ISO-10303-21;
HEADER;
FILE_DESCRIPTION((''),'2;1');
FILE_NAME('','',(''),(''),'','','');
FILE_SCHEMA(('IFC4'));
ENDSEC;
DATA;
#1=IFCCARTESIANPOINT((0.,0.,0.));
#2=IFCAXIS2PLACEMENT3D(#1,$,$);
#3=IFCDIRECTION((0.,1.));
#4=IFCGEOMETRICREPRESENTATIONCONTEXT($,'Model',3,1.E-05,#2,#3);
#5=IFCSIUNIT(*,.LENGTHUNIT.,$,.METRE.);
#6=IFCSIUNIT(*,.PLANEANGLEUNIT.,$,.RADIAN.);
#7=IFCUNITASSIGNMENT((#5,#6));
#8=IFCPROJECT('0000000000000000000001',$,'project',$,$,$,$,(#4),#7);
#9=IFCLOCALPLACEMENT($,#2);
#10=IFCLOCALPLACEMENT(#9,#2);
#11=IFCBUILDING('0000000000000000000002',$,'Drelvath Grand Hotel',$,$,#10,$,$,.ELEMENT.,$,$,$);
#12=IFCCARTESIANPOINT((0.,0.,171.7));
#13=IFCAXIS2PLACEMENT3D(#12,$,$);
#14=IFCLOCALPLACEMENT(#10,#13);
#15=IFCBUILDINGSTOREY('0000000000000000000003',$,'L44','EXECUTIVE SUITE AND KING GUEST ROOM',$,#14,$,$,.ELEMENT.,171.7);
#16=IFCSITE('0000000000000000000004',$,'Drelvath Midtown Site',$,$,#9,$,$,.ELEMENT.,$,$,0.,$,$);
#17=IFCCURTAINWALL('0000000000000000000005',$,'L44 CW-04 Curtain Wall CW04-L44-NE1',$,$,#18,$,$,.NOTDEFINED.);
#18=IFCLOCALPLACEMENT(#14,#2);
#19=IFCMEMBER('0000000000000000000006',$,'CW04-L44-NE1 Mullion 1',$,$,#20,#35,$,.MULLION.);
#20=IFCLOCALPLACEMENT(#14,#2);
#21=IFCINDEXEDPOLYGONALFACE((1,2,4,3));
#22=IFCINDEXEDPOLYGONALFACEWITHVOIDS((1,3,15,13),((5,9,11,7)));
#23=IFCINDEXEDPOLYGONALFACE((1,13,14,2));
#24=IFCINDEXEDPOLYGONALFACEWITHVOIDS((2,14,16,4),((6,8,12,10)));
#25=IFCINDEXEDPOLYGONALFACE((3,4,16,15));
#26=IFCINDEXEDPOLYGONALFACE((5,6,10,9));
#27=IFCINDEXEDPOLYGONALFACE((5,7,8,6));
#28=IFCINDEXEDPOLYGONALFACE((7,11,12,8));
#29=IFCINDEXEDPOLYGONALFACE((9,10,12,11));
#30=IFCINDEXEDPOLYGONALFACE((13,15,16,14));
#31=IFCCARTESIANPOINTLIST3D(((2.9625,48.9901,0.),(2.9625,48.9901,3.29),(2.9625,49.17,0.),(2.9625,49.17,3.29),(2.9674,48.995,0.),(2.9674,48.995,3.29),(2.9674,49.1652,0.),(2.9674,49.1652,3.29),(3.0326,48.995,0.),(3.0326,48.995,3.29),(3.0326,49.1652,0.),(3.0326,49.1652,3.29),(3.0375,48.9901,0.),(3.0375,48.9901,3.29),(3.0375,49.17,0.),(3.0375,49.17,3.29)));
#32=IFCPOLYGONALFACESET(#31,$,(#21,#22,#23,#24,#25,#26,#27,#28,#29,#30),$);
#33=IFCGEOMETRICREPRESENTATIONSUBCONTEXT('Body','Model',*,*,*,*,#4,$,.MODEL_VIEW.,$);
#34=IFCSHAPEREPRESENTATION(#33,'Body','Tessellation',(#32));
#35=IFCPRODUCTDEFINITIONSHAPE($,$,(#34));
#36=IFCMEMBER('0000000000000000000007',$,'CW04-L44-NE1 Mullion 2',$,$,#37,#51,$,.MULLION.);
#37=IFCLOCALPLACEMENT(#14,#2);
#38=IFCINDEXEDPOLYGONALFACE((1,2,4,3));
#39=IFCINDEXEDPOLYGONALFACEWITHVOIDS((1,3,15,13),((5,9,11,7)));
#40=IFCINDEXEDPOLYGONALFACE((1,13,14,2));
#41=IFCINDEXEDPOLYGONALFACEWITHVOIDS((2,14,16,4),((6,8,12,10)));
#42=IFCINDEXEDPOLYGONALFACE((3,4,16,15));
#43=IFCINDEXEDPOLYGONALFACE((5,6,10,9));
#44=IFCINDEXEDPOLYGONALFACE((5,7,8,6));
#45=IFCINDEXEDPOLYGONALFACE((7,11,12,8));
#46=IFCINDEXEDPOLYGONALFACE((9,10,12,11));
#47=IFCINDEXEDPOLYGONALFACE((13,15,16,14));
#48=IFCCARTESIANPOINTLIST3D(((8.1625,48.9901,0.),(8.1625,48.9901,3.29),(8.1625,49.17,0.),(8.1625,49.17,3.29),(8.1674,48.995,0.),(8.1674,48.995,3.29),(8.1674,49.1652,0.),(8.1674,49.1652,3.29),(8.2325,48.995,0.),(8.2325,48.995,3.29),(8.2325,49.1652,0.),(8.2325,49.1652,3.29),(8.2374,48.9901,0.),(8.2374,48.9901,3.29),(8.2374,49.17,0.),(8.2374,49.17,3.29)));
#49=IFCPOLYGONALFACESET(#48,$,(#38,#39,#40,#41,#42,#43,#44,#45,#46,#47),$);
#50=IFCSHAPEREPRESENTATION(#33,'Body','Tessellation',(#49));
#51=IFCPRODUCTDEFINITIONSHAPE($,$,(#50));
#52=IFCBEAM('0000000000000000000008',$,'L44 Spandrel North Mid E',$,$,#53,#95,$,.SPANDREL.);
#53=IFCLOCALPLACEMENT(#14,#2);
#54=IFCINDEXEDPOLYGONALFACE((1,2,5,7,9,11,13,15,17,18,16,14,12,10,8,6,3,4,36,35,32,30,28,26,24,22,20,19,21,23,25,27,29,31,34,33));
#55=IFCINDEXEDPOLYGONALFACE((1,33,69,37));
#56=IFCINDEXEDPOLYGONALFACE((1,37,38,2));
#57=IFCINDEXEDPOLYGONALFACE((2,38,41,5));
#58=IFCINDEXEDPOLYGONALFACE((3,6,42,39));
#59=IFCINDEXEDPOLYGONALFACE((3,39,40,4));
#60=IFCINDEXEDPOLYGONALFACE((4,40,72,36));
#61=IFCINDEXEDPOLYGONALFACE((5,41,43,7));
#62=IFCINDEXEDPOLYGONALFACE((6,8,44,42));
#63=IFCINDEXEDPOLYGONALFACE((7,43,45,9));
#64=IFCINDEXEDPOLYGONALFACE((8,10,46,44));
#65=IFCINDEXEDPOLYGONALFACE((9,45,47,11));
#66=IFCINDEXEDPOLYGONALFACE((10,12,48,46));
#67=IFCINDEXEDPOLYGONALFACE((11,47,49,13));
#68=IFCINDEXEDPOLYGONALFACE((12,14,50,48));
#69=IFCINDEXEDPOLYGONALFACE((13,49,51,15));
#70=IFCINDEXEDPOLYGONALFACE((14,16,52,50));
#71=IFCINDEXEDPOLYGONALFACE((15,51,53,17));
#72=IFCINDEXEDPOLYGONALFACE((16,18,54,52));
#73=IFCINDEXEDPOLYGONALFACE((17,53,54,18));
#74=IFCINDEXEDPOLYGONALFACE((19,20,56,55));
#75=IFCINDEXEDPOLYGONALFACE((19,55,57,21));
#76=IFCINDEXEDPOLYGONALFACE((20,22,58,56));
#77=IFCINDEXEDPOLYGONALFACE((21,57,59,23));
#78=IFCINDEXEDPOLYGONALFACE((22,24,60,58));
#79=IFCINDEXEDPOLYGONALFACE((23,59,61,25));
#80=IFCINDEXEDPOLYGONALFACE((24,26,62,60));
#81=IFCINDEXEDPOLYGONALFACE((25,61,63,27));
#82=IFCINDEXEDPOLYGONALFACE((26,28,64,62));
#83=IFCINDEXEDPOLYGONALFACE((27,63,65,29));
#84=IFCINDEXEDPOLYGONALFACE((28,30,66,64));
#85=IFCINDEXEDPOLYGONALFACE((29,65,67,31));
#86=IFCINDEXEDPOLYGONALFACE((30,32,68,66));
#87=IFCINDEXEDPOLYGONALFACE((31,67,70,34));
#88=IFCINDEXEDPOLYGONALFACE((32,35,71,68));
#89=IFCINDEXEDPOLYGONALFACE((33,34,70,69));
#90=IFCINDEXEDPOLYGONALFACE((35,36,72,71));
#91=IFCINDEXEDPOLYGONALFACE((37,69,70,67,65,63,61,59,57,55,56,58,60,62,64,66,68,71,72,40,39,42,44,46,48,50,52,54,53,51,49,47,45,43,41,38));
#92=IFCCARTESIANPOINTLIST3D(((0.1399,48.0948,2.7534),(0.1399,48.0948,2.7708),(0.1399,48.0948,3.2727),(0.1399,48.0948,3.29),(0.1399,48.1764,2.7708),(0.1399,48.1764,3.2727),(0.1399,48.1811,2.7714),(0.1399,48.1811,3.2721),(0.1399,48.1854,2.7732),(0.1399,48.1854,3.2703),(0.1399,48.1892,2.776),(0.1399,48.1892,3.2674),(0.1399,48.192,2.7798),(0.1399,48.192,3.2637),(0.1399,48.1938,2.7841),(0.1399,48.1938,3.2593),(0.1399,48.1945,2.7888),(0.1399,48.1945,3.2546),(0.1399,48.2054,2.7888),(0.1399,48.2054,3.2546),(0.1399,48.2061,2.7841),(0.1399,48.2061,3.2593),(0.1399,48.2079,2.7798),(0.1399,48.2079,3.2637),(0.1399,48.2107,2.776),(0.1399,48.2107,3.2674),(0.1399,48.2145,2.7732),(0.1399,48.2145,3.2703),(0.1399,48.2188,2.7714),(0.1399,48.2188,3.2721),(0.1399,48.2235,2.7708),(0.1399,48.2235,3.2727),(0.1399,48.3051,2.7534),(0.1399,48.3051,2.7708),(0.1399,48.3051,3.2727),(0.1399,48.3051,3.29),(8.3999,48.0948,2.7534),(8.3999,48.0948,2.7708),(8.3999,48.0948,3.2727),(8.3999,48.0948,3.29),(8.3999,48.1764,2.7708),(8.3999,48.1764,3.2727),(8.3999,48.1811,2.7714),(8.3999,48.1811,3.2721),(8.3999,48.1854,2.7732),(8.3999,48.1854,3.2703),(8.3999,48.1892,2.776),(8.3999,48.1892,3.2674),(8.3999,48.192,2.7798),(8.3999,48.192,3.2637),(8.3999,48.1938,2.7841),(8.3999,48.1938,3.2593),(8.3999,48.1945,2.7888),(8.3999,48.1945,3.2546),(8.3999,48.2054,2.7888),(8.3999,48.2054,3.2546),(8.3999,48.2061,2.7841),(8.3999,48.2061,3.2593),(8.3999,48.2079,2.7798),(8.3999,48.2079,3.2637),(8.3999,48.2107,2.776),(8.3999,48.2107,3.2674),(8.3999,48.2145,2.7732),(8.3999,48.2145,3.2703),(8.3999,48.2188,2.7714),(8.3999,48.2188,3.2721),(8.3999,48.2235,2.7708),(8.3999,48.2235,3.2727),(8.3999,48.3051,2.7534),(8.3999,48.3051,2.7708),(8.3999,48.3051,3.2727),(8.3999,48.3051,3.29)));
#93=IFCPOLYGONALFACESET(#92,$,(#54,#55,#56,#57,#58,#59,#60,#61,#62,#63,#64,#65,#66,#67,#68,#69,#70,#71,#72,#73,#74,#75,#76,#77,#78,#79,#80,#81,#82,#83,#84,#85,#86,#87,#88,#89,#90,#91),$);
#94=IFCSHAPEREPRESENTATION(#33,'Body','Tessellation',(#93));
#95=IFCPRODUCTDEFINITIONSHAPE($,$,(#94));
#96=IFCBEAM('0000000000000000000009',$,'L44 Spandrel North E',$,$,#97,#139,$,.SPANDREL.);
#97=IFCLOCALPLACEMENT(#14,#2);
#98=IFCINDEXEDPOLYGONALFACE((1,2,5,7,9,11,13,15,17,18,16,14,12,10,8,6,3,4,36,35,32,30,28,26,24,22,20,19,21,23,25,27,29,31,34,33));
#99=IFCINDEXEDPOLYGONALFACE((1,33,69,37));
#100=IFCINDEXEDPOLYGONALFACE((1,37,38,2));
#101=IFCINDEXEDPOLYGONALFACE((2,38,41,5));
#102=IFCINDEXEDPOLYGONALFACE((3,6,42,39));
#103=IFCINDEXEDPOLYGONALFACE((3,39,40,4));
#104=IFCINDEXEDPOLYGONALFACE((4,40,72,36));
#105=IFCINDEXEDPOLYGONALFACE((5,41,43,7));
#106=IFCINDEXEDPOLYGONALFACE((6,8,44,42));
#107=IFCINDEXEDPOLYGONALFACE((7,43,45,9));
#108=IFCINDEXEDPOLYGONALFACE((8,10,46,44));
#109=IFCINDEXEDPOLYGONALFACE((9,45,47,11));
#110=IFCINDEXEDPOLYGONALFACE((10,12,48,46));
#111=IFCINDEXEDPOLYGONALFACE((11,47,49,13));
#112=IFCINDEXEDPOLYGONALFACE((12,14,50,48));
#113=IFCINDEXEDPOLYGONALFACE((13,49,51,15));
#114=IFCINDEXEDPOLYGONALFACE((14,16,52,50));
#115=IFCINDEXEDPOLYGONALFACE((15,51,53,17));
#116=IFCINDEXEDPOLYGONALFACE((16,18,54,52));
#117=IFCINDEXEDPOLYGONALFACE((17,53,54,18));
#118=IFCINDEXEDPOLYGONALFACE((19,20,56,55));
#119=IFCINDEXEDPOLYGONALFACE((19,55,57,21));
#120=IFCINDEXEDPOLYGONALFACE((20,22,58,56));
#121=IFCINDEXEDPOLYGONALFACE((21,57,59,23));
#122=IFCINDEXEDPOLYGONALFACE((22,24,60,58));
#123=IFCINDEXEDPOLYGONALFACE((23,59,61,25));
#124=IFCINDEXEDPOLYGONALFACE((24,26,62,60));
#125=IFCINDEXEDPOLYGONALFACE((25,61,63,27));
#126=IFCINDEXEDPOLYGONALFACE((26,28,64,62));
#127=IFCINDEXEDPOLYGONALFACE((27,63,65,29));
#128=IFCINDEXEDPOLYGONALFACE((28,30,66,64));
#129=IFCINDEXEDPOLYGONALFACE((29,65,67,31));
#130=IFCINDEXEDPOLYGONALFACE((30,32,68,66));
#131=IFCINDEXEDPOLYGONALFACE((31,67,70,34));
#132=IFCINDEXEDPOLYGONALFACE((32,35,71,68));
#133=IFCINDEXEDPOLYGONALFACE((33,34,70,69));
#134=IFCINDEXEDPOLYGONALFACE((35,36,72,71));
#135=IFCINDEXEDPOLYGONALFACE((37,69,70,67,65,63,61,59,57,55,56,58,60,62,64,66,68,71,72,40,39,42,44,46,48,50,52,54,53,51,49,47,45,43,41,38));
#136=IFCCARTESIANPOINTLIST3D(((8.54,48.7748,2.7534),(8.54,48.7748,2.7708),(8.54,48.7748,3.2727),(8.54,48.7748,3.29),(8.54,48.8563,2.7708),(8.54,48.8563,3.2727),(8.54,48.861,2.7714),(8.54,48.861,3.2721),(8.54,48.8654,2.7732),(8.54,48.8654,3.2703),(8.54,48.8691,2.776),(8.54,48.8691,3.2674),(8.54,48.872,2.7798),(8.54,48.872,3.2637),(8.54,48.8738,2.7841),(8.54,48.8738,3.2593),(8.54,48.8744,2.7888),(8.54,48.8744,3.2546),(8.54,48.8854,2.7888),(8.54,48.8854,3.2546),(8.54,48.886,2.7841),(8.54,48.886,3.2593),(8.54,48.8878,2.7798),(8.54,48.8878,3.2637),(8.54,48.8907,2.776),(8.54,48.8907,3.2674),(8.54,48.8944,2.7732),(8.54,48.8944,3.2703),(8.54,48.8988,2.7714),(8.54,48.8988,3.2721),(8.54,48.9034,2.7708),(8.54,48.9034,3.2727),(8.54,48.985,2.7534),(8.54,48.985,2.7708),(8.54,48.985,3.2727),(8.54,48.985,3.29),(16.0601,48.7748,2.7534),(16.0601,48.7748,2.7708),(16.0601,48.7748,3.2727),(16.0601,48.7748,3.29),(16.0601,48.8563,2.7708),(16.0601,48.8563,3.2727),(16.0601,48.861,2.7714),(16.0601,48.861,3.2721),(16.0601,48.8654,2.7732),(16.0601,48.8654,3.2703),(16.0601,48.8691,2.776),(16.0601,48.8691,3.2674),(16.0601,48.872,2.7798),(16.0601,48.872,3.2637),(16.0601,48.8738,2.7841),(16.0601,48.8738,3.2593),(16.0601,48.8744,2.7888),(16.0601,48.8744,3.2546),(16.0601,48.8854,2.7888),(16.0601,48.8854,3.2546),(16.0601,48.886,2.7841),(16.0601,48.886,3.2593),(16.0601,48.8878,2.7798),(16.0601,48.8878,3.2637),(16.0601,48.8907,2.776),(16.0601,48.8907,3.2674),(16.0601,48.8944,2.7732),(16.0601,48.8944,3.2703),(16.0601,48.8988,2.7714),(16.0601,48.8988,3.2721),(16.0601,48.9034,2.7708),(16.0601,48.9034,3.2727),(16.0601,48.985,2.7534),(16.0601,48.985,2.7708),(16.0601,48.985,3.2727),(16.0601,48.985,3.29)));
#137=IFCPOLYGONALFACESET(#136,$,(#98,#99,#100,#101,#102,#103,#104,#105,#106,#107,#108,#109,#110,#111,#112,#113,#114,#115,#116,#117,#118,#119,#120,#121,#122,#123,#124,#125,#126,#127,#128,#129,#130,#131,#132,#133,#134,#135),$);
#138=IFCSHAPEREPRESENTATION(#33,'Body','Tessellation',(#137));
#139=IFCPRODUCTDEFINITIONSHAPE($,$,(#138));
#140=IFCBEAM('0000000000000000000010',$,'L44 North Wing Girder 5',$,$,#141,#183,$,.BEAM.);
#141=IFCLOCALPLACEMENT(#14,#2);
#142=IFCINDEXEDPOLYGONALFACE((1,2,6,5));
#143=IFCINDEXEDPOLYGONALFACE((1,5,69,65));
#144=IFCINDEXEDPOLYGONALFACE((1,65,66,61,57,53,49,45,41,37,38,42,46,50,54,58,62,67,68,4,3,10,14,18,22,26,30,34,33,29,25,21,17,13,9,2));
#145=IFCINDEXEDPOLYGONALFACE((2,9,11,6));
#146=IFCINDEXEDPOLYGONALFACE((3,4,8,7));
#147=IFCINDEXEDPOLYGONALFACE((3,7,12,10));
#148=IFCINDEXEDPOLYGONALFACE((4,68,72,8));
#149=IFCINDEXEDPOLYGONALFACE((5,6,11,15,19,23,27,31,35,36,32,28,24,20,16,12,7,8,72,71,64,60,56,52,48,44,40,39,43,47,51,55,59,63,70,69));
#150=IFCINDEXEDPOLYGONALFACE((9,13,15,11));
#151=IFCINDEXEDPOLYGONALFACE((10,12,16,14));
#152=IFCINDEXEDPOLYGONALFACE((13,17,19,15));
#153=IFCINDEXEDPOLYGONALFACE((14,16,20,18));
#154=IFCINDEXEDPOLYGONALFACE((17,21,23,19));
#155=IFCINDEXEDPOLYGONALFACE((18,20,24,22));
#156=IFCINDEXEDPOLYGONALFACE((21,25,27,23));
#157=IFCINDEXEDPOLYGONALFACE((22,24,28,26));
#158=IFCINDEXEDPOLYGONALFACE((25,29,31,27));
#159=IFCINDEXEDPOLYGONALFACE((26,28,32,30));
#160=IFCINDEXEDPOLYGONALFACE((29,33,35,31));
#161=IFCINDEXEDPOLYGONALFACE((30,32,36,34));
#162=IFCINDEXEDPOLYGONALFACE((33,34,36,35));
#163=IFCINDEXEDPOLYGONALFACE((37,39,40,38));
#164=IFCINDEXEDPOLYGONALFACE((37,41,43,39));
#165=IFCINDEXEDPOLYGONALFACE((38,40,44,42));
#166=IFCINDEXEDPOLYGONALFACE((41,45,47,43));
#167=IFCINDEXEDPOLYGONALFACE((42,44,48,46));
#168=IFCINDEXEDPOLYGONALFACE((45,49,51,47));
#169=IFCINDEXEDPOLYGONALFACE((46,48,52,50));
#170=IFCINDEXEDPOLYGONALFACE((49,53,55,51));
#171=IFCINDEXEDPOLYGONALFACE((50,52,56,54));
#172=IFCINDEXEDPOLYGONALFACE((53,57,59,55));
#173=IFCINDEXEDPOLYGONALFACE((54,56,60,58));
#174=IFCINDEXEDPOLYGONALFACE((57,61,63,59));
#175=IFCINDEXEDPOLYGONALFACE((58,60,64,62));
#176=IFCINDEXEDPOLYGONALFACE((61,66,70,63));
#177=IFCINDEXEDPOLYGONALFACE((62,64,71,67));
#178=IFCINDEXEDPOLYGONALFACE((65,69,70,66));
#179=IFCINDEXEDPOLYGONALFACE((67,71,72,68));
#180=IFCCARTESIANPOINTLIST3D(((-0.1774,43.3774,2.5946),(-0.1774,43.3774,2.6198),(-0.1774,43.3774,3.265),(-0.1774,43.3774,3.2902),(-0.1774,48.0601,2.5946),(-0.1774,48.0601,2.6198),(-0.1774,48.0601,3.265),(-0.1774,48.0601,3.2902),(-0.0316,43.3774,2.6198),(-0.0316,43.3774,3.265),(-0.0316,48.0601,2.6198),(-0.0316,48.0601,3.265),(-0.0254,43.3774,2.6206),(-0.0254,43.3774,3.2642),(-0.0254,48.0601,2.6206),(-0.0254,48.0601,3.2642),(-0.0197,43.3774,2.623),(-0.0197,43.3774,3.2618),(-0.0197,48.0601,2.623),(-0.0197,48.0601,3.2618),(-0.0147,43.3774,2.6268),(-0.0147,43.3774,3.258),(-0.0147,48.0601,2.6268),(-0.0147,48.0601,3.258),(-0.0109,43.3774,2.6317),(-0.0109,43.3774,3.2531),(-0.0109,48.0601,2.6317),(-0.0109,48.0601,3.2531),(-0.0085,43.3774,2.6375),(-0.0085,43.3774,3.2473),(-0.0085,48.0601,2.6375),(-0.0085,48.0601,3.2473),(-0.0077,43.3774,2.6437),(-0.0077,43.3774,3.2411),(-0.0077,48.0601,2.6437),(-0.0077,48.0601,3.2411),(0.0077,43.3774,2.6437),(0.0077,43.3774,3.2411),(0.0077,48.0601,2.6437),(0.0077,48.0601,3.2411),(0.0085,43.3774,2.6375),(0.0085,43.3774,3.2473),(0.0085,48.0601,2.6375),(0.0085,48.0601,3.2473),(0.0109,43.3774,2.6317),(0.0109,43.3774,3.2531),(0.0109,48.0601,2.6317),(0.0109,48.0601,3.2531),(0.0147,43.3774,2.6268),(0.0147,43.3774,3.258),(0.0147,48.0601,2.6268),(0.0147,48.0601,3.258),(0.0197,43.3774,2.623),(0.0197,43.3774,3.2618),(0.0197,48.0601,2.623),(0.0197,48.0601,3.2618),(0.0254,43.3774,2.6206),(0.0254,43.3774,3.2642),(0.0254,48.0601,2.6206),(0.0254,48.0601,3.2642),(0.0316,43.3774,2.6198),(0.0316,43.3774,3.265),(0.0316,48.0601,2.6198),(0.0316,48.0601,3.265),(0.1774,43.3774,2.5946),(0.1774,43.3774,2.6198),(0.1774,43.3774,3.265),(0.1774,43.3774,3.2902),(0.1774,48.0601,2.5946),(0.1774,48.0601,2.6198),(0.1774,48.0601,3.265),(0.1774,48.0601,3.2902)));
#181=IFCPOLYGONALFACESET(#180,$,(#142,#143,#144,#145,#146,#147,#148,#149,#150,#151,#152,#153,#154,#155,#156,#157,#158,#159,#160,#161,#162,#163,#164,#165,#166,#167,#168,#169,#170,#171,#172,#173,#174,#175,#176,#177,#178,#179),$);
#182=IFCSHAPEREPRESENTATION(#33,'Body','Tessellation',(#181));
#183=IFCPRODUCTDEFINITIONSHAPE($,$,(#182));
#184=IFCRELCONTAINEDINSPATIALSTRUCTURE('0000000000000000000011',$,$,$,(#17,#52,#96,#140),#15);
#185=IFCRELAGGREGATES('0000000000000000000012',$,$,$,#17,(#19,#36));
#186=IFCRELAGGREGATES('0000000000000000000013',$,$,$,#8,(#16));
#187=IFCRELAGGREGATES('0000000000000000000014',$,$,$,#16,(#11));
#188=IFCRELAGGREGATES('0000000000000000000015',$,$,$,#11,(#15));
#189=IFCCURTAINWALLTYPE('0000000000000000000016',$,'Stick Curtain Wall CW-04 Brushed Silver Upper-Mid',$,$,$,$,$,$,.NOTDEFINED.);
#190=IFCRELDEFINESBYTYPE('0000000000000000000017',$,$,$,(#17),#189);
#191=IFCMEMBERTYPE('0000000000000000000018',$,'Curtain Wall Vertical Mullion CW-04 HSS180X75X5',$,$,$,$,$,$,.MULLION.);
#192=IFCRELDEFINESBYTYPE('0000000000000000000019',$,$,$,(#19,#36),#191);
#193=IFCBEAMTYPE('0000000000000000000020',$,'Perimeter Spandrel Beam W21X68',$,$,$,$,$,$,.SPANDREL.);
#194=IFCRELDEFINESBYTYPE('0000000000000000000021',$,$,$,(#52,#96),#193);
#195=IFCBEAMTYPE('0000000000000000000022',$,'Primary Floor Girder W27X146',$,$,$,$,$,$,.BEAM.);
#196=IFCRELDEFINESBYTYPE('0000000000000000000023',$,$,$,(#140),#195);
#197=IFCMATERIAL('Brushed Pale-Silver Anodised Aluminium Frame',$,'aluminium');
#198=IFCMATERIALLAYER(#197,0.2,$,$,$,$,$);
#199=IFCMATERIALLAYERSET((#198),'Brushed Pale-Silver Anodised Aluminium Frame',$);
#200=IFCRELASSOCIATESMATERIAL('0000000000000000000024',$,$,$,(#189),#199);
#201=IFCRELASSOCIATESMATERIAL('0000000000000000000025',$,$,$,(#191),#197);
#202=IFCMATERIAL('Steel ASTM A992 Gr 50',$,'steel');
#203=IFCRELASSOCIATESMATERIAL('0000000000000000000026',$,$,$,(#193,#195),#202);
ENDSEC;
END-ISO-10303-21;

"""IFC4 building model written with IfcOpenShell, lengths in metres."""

from ifc_helpers import new_model, si_unit, direction, frame, origin, origin_2d, place, context, subcontext, project, spatial, hollow_rectangle, i_section, extrude, material, layer, layer_set, material_profile, profile_set, type_object, element, aggregate, save


model = new_model("IFC4")

# Units and contexts
model_context = context("Model", 3, precision=1e-05, world=origin(), true_north=direction((0.0, 1.0)))
body_context = subcontext(model_context, "Body", "Model", "MODEL_VIEW")
ifc_project = project(units=[si_unit("LENGTHUNIT", "METRE"), si_unit("PLANEANGLEUNIT", "RADIAN")], contexts=[model_context])

# Site, building, storey
site_placement = place(None, origin())
site = spatial("IfcSite", under=ifc_project, at=site_placement, Name="Drelvath Midtown Site", CompositionType="ELEMENT", RefElevation=0.0)
building_placement = place(site_placement, origin())
building = spatial("IfcBuilding", under=site, at=building_placement, Name="Drelvath Grand Hotel", CompositionType="ELEMENT")
storey_placement = place(building_placement, frame((0.0, 0.0, 171.7)))
storey = spatial("IfcBuildingStorey", under=building, at=storey_placement, Name="L44", Description="EXECUTIVE SUITE AND KING GUEST ROOM", CompositionType="ELEMENT", Elevation=171.7)

# Curtain wall
ifc_material_1 = material(Name="Brushed Pale-Silver Anodised Aluminium Frame", Category="aluminium")
ifc_layer_1 = layer(ifc_material_1, 0.2)
ifc_layer_set_1 = layer_set([ifc_layer_1], Name="Brushed Pale-Silver Anodised Aluminium Frame")
curtain_wall_type = type_object("IfcCurtainWallType", Name="Stick Curtain Wall CW-04 Brushed Silver Upper-Mid", PredefinedType="NOTDEFINED", material=ifc_layer_set_1)
curtain_wall_1_placement = place(storey_placement, origin())
curtain_wall_1 = element("IfcCurtainWall", 1, at=curtain_wall_1_placement, inside=storey, type_object=curtain_wall_type, Name="L44 CW-04 Curtain Wall CW04-L44-NE1", PredefinedType="NOTDEFINED")
ifc_material_profile_1 = material_profile(ifc_material_1, hollow_rectangle(XDim=0.075, YDim=0.1799, WallThickness=0.0049, at=origin_2d()), Name="HSS180X75X5")
ifc_profile_set_1 = profile_set([ifc_material_profile_1], Name="Brushed Pale-Silver Anodised Aluminium Frame")
member_type_1 = type_object("IfcMemberType", Name="Curtain Wall Vertical Mullion CW-04 HSS180X75X5", PredefinedType="MULLION", material=ifc_profile_set_1)

# Members
member_1_placement = place(storey_placement, frame((3.0, 49.0801, 0.0), z_axis=(0.0, 0.0, 1.0), x_axis=(1.0, 0.0, 0.0)))
member_1 = element("IfcMember", 2, at=member_1_placement, type_object=member_type_1, Name="CW04-L44-NE1 Mullion 1", PredefinedType="MULLION", context=body_context, shape_type="SweptSolid", body=[
    extrude(hollow_rectangle(XDim=0.075, YDim=0.1799, WallThickness=0.0049, at=origin_2d()), origin(), (0.0, 0.0, 1.0), 3.29),
])
member_2_placement = place(storey_placement, frame((8.2, 49.0801, 0.0), z_axis=(0.0, 0.0, 1.0), x_axis=(1.0, 0.0, 0.0)))
member_2 = element("IfcMember", 3, at=member_2_placement, type_object=member_type_1, Name="CW04-L44-NE1 Mullion 2", PredefinedType="MULLION", context=body_context, shape_type="SweptSolid", body=[
    extrude(hollow_rectangle(XDim=0.075, YDim=0.1799, WallThickness=0.0049, at=origin_2d()), origin(), (0.0, 0.0, 1.0), 3.29),
])

# Beams
ifc_material_2 = material(Name="Steel ASTM A992 Gr 50", Category="steel")
ifc_material_profile_2 = material_profile(ifc_material_2, i_section(OverallWidth=0.2102, OverallDepth=0.5366, WebThickness=0.011, FlangeThickness=0.0173, FilletRadius=0.0181, at=origin_2d()), Name="W21X68")
ifc_profile_set_2 = profile_set([ifc_material_profile_2], Name="Steel ASTM A992 Gr 50")
beam_type_1 = type_object("IfcBeamType", Name="Perimeter Spandrel Beam W21X68", PredefinedType="SPANDREL", material=ifc_profile_set_2)
beam_1_placement = place(storey_placement, frame((0.1399, 48.2, 3.0217), z_axis=(1.0, 0.0, 0.0), x_axis=(0.0, 1.0, 0.0)))
element("IfcBeam", 4, at=beam_1_placement, inside=storey, type_object=beam_type_1, Name="L44 Spandrel North Mid E", PredefinedType="SPANDREL", context=body_context, shape_type="SweptSolid", body=[
    extrude(i_section(OverallWidth=0.2102, OverallDepth=0.5366, WebThickness=0.011, FlangeThickness=0.0173, FilletRadius=0.0181, at=origin_2d()), origin(), (0.0, 0.0, 1.0), 8.26),
])
beam_2_placement = place(storey_placement, frame((8.54, 48.8799, 3.0217), z_axis=(1.0, 0.0, 0.0), x_axis=(0.0, 1.0, 0.0)))
element("IfcBeam", 5, at=beam_2_placement, inside=storey, type_object=beam_type_1, Name="L44 Spandrel North E", PredefinedType="SPANDREL", context=body_context, shape_type="SweptSolid", body=[
    extrude(i_section(OverallWidth=0.2102, OverallDepth=0.5366, WebThickness=0.011, FlangeThickness=0.0173, FilletRadius=0.0181, at=origin_2d()), origin(), (0.0, 0.0, 1.0), 7.52),
])
ifc_material_profile_3 = material_profile(ifc_material_2, i_section(OverallWidth=0.3547, OverallDepth=0.6956, WebThickness=0.0154, FlangeThickness=0.0251, FilletRadius=0.0239, at=origin_2d()), Name="W27X146")
ifc_profile_set_3 = profile_set([ifc_material_profile_3], Name="Steel ASTM A992 Gr 50")
beam_type_2 = type_object("IfcBeamType", Name="Primary Floor Girder W27X146", PredefinedType="BEAM", material=ifc_profile_set_3)
beam_3_placement = place(storey_placement, frame((0.0, 43.3774, 2.9424), z_axis=(0.0, 1.0, 0.0), x_axis=(-1.0, 0.0, 0.0)))
element("IfcBeam", 6, at=beam_3_placement, inside=storey, type_object=beam_type_2, Name="L44 North Wing Girder 5", PredefinedType="BEAM", context=body_context, shape_type="SweptSolid", body=[
    extrude(i_section(OverallWidth=0.3547, OverallDepth=0.6956, WebThickness=0.0154, FlangeThickness=0.0251, FilletRadius=0.0239, at=origin_2d()), origin(), (0.0, 0.0, 1.0), 4.6826),
])

aggregate(curtain_wall_1, [member_1, member_2])

save(model, "model.ifc")
